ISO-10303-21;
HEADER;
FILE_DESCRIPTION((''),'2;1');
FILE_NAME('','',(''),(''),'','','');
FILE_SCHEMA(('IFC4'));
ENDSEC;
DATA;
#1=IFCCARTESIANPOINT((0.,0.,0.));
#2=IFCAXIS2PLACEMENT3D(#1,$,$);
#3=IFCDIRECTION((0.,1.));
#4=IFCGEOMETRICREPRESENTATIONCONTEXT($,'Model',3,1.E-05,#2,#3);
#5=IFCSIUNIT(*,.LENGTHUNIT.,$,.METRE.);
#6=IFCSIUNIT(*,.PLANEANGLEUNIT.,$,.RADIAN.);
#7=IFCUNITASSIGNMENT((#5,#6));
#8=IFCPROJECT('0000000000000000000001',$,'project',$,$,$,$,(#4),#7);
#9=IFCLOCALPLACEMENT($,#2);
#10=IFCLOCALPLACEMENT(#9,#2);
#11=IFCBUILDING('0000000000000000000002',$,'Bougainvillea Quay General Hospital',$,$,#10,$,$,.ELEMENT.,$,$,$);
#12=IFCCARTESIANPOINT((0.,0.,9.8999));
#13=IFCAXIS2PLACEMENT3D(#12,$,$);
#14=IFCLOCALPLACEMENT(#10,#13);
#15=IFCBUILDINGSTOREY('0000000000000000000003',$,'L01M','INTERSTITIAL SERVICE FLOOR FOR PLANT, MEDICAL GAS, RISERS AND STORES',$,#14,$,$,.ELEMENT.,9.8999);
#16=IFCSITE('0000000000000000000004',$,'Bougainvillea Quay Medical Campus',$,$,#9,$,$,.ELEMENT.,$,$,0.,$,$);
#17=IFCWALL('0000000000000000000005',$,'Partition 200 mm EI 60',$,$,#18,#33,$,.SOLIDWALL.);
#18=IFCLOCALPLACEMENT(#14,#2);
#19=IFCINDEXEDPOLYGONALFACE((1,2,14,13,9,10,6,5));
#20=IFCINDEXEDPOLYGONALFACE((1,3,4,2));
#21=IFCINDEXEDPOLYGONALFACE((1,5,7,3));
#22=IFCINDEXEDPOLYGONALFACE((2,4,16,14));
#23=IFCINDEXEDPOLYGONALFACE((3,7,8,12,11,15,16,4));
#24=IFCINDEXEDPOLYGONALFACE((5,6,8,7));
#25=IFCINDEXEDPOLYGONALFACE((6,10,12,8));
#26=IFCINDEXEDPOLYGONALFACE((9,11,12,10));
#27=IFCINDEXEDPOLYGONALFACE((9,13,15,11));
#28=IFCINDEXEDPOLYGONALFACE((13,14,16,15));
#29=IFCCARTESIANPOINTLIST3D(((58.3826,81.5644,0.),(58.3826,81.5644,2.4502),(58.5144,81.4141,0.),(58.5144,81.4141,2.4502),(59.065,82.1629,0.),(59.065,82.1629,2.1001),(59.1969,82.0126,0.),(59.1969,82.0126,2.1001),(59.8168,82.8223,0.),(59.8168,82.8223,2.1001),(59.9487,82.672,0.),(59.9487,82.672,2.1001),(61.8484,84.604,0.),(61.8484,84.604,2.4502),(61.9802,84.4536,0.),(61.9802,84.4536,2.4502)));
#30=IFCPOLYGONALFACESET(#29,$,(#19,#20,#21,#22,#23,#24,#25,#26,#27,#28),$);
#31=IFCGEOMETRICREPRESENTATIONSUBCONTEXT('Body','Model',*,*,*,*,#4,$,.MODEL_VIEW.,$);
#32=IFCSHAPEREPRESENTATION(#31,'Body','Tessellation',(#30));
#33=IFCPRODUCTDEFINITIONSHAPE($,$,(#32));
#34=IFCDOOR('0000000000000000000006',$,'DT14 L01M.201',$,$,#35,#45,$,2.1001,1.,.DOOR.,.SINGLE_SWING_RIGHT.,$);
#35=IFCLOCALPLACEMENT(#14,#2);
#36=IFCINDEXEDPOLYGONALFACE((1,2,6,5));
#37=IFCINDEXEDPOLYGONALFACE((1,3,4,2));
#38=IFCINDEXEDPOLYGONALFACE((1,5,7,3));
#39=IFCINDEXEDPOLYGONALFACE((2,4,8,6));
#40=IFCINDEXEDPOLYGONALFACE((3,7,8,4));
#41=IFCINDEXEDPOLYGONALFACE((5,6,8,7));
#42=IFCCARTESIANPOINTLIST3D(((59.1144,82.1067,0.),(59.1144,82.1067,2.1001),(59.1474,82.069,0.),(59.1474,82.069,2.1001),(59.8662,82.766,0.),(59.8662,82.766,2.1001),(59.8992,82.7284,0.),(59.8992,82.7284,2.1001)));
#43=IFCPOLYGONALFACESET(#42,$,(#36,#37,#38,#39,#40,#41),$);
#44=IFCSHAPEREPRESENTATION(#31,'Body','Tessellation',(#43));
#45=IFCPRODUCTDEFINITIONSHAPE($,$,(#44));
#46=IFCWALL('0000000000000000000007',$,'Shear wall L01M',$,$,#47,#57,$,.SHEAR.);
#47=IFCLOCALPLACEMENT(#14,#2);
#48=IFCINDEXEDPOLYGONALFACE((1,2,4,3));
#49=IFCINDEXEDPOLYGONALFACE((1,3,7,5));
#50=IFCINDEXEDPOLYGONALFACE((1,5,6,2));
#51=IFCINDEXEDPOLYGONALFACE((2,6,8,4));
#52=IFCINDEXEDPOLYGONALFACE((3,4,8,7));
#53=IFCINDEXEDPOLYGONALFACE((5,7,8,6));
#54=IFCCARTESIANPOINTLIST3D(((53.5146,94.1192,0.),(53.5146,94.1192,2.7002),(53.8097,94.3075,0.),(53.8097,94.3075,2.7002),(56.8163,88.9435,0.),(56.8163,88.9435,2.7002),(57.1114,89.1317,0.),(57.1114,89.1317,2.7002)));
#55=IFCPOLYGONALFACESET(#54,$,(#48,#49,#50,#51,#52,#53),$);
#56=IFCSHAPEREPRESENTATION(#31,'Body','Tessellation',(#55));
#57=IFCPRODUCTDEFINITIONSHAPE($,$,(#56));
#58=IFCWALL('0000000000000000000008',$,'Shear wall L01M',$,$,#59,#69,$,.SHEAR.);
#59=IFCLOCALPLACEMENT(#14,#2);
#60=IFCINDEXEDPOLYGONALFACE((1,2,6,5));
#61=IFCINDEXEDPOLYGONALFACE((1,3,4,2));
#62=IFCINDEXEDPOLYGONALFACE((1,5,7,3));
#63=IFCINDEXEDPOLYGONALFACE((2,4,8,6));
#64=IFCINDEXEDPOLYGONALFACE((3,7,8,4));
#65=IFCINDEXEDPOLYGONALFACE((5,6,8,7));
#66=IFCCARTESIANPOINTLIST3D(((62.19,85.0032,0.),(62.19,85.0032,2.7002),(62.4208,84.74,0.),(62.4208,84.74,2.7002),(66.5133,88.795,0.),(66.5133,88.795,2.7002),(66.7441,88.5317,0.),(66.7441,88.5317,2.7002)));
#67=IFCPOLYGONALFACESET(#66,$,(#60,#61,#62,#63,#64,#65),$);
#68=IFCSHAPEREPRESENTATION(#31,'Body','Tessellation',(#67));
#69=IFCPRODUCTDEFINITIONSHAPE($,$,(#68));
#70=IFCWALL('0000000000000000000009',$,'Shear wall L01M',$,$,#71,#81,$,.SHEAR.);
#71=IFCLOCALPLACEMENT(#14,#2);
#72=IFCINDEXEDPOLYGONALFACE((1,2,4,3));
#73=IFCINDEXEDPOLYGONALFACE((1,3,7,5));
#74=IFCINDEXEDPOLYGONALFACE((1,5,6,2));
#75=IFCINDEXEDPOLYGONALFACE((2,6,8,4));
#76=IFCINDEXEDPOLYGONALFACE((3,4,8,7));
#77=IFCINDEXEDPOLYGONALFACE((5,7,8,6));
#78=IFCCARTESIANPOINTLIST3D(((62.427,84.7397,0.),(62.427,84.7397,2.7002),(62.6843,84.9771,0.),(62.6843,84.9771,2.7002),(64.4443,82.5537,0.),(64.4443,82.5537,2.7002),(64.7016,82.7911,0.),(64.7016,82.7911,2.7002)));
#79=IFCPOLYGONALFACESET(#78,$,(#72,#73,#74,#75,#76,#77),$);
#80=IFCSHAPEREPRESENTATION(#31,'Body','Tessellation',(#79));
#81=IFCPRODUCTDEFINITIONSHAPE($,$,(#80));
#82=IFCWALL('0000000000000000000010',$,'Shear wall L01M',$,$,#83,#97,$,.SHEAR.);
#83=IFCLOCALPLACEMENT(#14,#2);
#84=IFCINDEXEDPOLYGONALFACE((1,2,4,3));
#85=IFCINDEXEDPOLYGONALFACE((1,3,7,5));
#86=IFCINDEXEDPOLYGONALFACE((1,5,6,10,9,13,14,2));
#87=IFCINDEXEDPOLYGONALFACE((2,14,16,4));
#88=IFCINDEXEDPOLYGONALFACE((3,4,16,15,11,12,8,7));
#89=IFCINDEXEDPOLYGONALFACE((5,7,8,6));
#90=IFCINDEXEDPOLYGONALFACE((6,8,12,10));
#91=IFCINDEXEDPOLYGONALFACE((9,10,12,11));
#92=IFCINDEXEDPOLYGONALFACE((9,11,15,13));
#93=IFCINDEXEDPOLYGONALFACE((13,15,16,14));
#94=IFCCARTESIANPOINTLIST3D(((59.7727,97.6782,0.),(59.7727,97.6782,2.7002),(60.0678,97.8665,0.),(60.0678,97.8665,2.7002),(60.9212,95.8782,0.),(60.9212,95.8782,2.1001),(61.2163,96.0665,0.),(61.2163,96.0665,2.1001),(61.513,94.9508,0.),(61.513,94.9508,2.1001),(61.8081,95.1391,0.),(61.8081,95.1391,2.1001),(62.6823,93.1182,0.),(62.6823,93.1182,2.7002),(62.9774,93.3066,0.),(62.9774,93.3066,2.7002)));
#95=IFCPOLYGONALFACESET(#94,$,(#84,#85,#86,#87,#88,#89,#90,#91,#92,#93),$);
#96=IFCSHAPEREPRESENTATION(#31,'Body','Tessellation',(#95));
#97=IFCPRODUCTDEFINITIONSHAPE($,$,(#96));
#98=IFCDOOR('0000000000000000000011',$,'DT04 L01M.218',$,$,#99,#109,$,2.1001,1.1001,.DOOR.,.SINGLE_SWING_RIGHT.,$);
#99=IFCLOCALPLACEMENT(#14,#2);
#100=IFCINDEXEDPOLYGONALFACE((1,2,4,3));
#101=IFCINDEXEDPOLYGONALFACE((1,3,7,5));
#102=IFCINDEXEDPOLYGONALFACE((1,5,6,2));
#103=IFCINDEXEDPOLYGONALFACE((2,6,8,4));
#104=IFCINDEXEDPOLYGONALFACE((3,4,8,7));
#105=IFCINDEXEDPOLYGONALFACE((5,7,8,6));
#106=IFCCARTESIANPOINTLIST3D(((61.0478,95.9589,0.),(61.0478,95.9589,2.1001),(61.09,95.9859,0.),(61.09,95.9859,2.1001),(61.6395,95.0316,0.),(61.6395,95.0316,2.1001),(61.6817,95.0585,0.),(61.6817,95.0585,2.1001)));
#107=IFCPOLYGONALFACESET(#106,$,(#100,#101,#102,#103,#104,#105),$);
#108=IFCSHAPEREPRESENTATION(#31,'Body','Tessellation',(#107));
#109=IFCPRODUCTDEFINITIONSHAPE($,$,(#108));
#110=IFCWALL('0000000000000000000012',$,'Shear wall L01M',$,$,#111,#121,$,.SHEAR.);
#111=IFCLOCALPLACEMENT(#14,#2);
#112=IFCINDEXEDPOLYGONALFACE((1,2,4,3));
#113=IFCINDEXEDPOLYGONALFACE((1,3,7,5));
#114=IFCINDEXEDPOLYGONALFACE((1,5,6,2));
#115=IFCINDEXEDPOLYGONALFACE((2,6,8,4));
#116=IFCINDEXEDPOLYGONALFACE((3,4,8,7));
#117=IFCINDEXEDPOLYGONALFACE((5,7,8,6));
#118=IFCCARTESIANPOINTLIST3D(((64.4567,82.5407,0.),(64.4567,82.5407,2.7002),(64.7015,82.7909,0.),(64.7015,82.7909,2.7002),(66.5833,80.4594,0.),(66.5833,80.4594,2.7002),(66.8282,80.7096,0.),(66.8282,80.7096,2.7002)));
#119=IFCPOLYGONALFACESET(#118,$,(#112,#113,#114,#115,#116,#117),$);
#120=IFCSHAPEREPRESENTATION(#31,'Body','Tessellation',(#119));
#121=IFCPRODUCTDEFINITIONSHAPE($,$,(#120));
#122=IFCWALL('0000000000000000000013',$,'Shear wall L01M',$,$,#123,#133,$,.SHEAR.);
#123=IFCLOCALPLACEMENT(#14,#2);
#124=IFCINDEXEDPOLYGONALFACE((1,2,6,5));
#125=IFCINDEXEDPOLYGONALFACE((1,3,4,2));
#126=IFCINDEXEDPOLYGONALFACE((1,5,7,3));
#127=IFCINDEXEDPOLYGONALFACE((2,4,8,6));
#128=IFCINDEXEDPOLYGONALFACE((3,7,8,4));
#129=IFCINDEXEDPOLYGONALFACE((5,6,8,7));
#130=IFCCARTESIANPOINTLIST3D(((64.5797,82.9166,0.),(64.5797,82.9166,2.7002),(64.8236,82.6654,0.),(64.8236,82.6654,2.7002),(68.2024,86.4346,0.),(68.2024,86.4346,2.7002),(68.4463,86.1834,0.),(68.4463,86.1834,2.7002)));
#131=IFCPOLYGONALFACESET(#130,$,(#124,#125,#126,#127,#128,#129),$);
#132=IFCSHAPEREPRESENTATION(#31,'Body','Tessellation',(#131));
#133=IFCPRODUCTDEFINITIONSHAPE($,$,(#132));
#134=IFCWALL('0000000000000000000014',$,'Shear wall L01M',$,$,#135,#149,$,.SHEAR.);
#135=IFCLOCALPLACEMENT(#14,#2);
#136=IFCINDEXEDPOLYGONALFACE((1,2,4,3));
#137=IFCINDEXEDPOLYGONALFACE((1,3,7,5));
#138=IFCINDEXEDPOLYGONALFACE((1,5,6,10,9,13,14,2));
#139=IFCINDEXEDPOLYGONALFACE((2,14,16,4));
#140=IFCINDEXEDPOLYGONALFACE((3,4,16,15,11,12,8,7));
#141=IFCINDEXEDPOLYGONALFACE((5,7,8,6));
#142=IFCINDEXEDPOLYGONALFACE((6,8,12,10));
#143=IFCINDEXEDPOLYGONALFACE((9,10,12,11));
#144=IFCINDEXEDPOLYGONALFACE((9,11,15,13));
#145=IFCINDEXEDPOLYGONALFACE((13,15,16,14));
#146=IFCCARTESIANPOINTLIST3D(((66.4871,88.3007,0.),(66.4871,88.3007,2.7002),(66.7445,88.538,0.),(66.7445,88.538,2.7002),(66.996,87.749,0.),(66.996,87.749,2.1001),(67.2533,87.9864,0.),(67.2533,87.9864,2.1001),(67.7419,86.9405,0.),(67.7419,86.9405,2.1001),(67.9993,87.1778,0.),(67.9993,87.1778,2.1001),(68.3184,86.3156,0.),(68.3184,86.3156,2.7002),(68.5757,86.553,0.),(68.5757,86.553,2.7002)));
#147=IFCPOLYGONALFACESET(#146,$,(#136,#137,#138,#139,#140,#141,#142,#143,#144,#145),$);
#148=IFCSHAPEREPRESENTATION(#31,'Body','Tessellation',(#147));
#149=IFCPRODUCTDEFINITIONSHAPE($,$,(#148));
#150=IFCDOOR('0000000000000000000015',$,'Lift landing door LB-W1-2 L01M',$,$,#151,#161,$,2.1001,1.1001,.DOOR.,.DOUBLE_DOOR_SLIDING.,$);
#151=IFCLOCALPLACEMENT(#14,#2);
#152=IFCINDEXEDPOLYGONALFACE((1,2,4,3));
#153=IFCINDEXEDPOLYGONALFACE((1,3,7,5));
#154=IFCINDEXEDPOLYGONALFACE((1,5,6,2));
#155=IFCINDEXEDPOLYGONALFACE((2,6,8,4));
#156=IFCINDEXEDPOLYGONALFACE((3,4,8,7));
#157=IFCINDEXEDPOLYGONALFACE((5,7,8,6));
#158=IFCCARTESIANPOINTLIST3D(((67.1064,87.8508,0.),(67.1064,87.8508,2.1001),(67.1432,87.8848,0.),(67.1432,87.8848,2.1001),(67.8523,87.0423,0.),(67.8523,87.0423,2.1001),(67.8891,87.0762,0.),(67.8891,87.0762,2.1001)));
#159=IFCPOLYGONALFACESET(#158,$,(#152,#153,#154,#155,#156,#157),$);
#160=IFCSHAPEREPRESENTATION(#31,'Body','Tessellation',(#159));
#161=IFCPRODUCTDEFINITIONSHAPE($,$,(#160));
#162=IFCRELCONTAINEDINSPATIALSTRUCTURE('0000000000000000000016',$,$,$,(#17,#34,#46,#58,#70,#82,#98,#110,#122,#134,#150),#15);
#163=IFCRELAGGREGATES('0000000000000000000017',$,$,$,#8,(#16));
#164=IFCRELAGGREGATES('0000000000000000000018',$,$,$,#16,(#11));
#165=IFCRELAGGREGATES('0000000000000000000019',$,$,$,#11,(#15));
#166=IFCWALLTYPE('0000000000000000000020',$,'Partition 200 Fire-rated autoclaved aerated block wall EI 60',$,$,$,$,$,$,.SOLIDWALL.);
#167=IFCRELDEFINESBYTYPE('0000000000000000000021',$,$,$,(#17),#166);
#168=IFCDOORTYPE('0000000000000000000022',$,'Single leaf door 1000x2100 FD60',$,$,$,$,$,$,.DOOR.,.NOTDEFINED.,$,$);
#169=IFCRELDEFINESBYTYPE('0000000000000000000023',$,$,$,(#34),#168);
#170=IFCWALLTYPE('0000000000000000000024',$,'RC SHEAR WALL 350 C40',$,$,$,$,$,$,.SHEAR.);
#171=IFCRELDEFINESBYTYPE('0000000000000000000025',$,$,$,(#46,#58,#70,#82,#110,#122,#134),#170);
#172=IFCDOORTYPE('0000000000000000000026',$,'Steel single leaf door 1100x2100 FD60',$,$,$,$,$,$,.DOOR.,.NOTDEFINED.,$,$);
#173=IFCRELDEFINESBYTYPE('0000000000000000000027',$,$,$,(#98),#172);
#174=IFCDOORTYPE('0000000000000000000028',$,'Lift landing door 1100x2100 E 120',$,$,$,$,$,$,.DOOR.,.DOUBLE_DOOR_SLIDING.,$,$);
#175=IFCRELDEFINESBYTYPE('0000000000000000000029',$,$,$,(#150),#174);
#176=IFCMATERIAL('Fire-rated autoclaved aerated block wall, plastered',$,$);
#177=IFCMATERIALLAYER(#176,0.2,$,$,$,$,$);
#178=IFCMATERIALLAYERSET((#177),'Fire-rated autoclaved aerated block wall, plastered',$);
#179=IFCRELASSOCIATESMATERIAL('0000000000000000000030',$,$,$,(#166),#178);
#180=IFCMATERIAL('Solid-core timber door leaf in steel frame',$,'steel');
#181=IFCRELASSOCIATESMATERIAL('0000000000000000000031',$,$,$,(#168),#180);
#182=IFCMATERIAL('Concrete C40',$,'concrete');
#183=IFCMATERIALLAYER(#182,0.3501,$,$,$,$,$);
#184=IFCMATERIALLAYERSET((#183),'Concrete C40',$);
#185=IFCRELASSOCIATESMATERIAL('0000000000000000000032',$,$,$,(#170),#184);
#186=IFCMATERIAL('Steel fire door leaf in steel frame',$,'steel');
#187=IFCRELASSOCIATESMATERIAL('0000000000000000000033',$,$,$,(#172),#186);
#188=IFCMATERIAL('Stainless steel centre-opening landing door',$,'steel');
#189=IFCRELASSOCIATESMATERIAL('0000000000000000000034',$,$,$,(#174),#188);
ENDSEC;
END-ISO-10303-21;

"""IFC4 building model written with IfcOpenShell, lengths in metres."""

from ifc_helpers import new_model, si_unit, direction, frame, frame_2d, origin, place, context, subcontext, project, spatial, rectangle, extrude, material, layer, layer_set, type_object, element, fill, save


model = new_model("IFC4")

# Units and contexts
model_context = context("Model", 3, precision=1e-05, world=origin(), true_north=direction((0.0, 1.0)))
body_context = subcontext(model_context, "Body", "Model", "MODEL_VIEW")
ifc_project = project(units=[si_unit("LENGTHUNIT", "METRE"), si_unit("PLANEANGLEUNIT", "RADIAN")], contexts=[model_context])

# Site, building, storey
site_placement = place(None, origin())
site = spatial("IfcSite", under=ifc_project, at=site_placement, Name="Bougainvillea Quay Medical Campus", CompositionType="ELEMENT", RefElevation=0.0)
building_placement = place(site_placement, origin())
building = spatial("IfcBuilding", under=site, at=building_placement, Name="Bougainvillea Quay General Hospital", CompositionType="ELEMENT")
storey_placement = place(building_placement, frame((0.0, 0.0, 9.8999)))
storey = spatial("IfcBuildingStorey", under=building, at=storey_placement, Name="L01M", Description="INTERSTITIAL SERVICE FLOOR FOR PLANT, MEDICAL GAS, RISERS AND STORES", CompositionType="ELEMENT", Elevation=9.8999)

# Shared definitions
ifc_material_1 = material(Name="Solid-core timber door leaf in steel frame", Category="steel")

# Shared definitions
ifc_material_2 = material(Name="Fire-rated autoclaved aerated block wall, plastered")
ifc_layer_1 = layer(ifc_material_2, 0.2)
ifc_layer_set_1 = layer_set([ifc_layer_1], Name="Fire-rated autoclaved aerated block wall, plastered")
wall_type_1 = type_object("IfcWallType", Name="Partition 200 Fire-rated autoclaved aerated block wall EI 60", PredefinedType="SOLIDWALL", material=ifc_layer_set_1)

# Wall, opening, door
wall_1_placement = place(storey_placement, frame((58.4485, 81.4893, 0.0), z_axis=(0.0, 0.0, 1.0), x_axis=(0.751828, 0.659359, 0.0)))
wall_1 = element("IfcWall", 1, at=wall_1_placement, inside=storey, type_object=wall_type_1, Name="Partition 200 mm EI 60", PredefinedType="SOLIDWALL", context=body_context, shape_type="SweptSolid", body=[
    extrude(rectangle(XDim=4.6099, YDim=0.2, at=frame_2d((2.3049, 0.0))), origin(), (0.0, 0.0, 1.0), 2.4502),
])
opening_1_placement = place(wall_1_placement, frame((0.9077, 0.0, 0.0)))
opening_1 = element("IfcOpeningElement", 2, at=opening_1_placement, cuts=wall_1, PredefinedType="OPENING", context=body_context, shape_type="SweptSolid", body=[
    extrude(rectangle(XDim=1.0, YDim=2.1001, at=frame_2d((0.5, 1.05))), frame((0.0, 0.1099, 0.0), z_axis=(0.0, -1.0, 0.0), x_axis=(1.0, 0.0, 0.0)), (0.0, 0.0, 1.0), 0.22),
])
door_type_1 = type_object("IfcDoorType", Name="Single leaf door 1000x2100 FD60", OperationType="NOTDEFINED", PredefinedType="DOOR", material=ifc_material_1)
door_1_placement = place(opening_1_placement, frame((1.0, 0.0, 0.0), z_axis=(0.0, 0.0, 1.0), x_axis=(-1.0, 0.0, 0.0)))
door_1 = element("IfcDoor", 3, at=door_1_placement, inside=storey, type_object=door_type_1, Name="DT14 L01M.201", OperationType="SINGLE_SWING_RIGHT", OverallHeight=2.1001, OverallWidth=1.0, PredefinedType="DOOR", context=body_context, shape_type="SweptSolid", body=[
    extrude(rectangle(XDim=1.0, YDim=2.1001, at=frame_2d((0.5, 1.05))), frame((0.0, 0.0249, 0.0), z_axis=(0.0, -1.0, 0.0), x_axis=(1.0, 0.0, 0.0)), (0.0, 0.0, 1.0), 0.05),
])
fill(opening_1, door_1)

# Walls
ifc_material_3 = material(Name="Concrete C40", Category="concrete")
ifc_layer_2 = layer(ifc_material_3, 0.3501)
ifc_layer_set_2 = layer_set([ifc_layer_2], Name="Concrete C40")
wall_type_2 = type_object("IfcWallType", Name="RC SHEAR WALL 350 C40", PredefinedType="SHEAR", material=ifc_layer_set_2)
wall_2_placement = place(storey_placement, frame((56.9639, 89.0376, 0.0), z_axis=(0.0, 0.0, 1.0), x_axis=(-0.537812, 0.843065, 0.0)))
element("IfcWall", 4, at=wall_2_placement, inside=storey, type_object=wall_type_2, Name="Shear wall L01M", PredefinedType="SHEAR", context=body_context, shape_type="SweptSolid", body=[
    extrude(rectangle(XDim=6.1392, YDim=0.3501, at=frame_2d((3.0696, 0.0))), origin(), (0.0, 0.0, 1.0), 2.7002),
])
wall_3_placement = place(storey_placement, frame((62.3054, 84.8716, 0.0), z_axis=(0.0, 0.0, 1.0), x_axis=(0.751808, 0.659382, 0.0)))
element("IfcWall", 5, at=wall_3_placement, inside=storey, type_object=wall_type_2, Name="Shear wall L01M", PredefinedType="SHEAR", context=body_context, shape_type="SweptSolid", body=[
    extrude(rectangle(XDim=5.7505, YDim=0.3501, at=frame_2d((2.8752, 0.0))), origin(), (0.0, 0.0, 1.0), 2.7002),
])
wall_4_placement = place(storey_placement, frame((62.5557, 84.8584, 0.0), z_axis=(0.0, 0.0, 1.0), x_axis=(0.678181, -0.734895, 0.0)))
element("IfcWall", 6, at=wall_4_placement, inside=storey, type_object=wall_type_2, Name="Shear wall L01M", PredefinedType="SHEAR", context=body_context, shape_type="SweptSolid", body=[
    extrude(rectangle(XDim=2.9746, YDim=0.3501, at=frame_2d((1.4873, 0.0))), origin(), (0.0, 0.0, 1.0), 2.7002),
])

# Wall, opening, door
wall_5_placement = place(storey_placement, frame((62.8298, 93.2124, 0.0), z_axis=(0.0, 0.0, 1.0), x_axis=(-0.537903, 0.843007, 0.0)))
wall_5 = element("IfcWall", 7, at=wall_5_placement, inside=storey, type_object=wall_type_2, Name="Shear wall L01M", PredefinedType="SHEAR", context=body_context, shape_type="SweptSolid", body=[
    extrude(rectangle(XDim=5.4092, YDim=0.3501, at=frame_2d((2.7046, 0.0))), origin(), (0.0, 0.0, 1.0), 2.7002),
])
opening_2_placement = place(wall_5_placement, frame((2.1738, 0.0, 0.0)))
opening_2 = element("IfcOpeningElement", 8, at=opening_2_placement, cuts=wall_5, PredefinedType="OPENING", context=body_context, shape_type="SweptSolid", body=[
    extrude(rectangle(XDim=1.1001, YDim=2.1001, at=frame_2d((0.55, 1.05))), frame((0.0, 0.1851, 0.0), z_axis=(0.0, -1.0, 0.0), x_axis=(1.0, 0.0, 0.0)), (0.0, 0.0, 1.0), 0.3701),
])
ifc_material_4 = material(Name="Steel fire door leaf in steel frame", Category="steel")
door_type_2 = type_object("IfcDoorType", Name="Steel single leaf door 1100x2100 FD60", OperationType="NOTDEFINED", PredefinedType="DOOR", material=ifc_material_4)
door_2_placement = place(opening_2_placement, origin())
door_2 = element("IfcDoor", 9, at=door_2_placement, inside=storey, type_object=door_type_2, Name="DT04 L01M.218", OperationType="SINGLE_SWING_RIGHT", OverallHeight=2.1001, OverallWidth=1.1001, PredefinedType="DOOR", context=body_context, shape_type="SweptSolid", body=[
    extrude(rectangle(XDim=1.1001, YDim=2.1001, at=frame_2d((0.55, 1.05))), frame((0.0, 0.0249, 0.0), z_axis=(0.0, -1.0, 0.0), x_axis=(1.0, 0.0, 0.0)), (0.0, 0.0, 1.0), 0.05),
])
fill(opening_2, door_2)

# Walls
wall_6_placement = place(storey_placement, frame((64.5791, 82.6658, 0.0), z_axis=(0.0, 0.0, 1.0), x_axis=(0.714696, -0.699435, 0.0)))
element("IfcWall", 10, at=wall_6_placement, inside=storey, type_object=wall_type_2, Name="Shear wall L01M", PredefinedType="SHEAR", context=body_context, shape_type="SweptSolid", body=[
    extrude(rectangle(XDim=2.9756, YDim=0.3501, at=frame_2d((1.4878, 0.0))), origin(), (0.0, 0.0, 1.0), 2.7002),
])
wall_7_placement = place(storey_placement, frame((64.7017, 82.791, 0.0), z_axis=(0.0, 0.0, 1.0), x_axis=(0.717401, 0.696661, 0.0)))
element("IfcWall", 11, at=wall_7_placement, inside=storey, type_object=wall_type_2, Name="Shear wall L01M", PredefinedType="SHEAR", context=body_context, shape_type="SweptSolid", body=[
    extrude(rectangle(XDim=5.0498, YDim=0.3501, at=frame_2d((2.5249, 0.0))), origin(), (0.0, 0.0, 1.0), 2.7002),
])

# Wall, opening, door
wall_8_placement = place(storey_placement, frame((68.447, 86.4343, 0.0), z_axis=(0.0, 0.0, 1.0), x_axis=(-0.678059, 0.735008, 0.0)))
wall_8 = element("IfcWall", 12, at=wall_8_placement, inside=storey, type_object=wall_type_2, Name="Shear wall L01M", PredefinedType="SHEAR", context=body_context, shape_type="SweptSolid", body=[
    extrude(rectangle(XDim=2.7007, YDim=0.3501, at=frame_2d((1.3503, 0.0))), origin(), (0.0, 0.0, 1.0), 2.7002),
])
opening_3_placement = place(wall_8_placement, frame((0.8501, 0.0, 0.0)))
opening_3 = element("IfcOpeningElement", 13, at=opening_3_placement, cuts=wall_8, PredefinedType="OPENING", context=body_context, shape_type="SweptSolid", body=[
    extrude(rectangle(XDim=1.1001, YDim=2.1001, at=frame_2d((0.55, 1.05))), frame((0.0, 0.1851, 0.0), z_axis=(0.0, -1.0, 0.0), x_axis=(1.0, 0.0, 0.0)), (0.0, 0.0, 1.0), 0.3701),
])
ifc_material_5 = material(Name="Stainless steel centre-opening landing door", Category="steel")
door_type_3 = type_object("IfcDoorType", Name="Lift landing door 1100x2100 E 120", OperationType="DOUBLE_DOOR_SLIDING", PredefinedType="DOOR", material=ifc_material_5)
door_3_placement = place(opening_3_placement, origin())
door_3 = element("IfcDoor", 14, at=door_3_placement, inside=storey, type_object=door_type_3, Name="Lift landing door LB-W1-2 L01M", OperationType="DOUBLE_DOOR_SLIDING", OverallHeight=2.1001, OverallWidth=1.1001, PredefinedType="DOOR", context=body_context, shape_type="SweptSolid", body=[
    extrude(rectangle(XDim=1.1001, YDim=2.1001, at=frame_2d((0.55, 1.05))), frame((0.0, 0.0249, 0.0), z_axis=(0.0, -1.0, 0.0), x_axis=(1.0, 0.0, 0.0)), (0.0, 0.0, 1.0), 0.05),
])
fill(opening_3, door_3)

save(model, "model.ifc")
